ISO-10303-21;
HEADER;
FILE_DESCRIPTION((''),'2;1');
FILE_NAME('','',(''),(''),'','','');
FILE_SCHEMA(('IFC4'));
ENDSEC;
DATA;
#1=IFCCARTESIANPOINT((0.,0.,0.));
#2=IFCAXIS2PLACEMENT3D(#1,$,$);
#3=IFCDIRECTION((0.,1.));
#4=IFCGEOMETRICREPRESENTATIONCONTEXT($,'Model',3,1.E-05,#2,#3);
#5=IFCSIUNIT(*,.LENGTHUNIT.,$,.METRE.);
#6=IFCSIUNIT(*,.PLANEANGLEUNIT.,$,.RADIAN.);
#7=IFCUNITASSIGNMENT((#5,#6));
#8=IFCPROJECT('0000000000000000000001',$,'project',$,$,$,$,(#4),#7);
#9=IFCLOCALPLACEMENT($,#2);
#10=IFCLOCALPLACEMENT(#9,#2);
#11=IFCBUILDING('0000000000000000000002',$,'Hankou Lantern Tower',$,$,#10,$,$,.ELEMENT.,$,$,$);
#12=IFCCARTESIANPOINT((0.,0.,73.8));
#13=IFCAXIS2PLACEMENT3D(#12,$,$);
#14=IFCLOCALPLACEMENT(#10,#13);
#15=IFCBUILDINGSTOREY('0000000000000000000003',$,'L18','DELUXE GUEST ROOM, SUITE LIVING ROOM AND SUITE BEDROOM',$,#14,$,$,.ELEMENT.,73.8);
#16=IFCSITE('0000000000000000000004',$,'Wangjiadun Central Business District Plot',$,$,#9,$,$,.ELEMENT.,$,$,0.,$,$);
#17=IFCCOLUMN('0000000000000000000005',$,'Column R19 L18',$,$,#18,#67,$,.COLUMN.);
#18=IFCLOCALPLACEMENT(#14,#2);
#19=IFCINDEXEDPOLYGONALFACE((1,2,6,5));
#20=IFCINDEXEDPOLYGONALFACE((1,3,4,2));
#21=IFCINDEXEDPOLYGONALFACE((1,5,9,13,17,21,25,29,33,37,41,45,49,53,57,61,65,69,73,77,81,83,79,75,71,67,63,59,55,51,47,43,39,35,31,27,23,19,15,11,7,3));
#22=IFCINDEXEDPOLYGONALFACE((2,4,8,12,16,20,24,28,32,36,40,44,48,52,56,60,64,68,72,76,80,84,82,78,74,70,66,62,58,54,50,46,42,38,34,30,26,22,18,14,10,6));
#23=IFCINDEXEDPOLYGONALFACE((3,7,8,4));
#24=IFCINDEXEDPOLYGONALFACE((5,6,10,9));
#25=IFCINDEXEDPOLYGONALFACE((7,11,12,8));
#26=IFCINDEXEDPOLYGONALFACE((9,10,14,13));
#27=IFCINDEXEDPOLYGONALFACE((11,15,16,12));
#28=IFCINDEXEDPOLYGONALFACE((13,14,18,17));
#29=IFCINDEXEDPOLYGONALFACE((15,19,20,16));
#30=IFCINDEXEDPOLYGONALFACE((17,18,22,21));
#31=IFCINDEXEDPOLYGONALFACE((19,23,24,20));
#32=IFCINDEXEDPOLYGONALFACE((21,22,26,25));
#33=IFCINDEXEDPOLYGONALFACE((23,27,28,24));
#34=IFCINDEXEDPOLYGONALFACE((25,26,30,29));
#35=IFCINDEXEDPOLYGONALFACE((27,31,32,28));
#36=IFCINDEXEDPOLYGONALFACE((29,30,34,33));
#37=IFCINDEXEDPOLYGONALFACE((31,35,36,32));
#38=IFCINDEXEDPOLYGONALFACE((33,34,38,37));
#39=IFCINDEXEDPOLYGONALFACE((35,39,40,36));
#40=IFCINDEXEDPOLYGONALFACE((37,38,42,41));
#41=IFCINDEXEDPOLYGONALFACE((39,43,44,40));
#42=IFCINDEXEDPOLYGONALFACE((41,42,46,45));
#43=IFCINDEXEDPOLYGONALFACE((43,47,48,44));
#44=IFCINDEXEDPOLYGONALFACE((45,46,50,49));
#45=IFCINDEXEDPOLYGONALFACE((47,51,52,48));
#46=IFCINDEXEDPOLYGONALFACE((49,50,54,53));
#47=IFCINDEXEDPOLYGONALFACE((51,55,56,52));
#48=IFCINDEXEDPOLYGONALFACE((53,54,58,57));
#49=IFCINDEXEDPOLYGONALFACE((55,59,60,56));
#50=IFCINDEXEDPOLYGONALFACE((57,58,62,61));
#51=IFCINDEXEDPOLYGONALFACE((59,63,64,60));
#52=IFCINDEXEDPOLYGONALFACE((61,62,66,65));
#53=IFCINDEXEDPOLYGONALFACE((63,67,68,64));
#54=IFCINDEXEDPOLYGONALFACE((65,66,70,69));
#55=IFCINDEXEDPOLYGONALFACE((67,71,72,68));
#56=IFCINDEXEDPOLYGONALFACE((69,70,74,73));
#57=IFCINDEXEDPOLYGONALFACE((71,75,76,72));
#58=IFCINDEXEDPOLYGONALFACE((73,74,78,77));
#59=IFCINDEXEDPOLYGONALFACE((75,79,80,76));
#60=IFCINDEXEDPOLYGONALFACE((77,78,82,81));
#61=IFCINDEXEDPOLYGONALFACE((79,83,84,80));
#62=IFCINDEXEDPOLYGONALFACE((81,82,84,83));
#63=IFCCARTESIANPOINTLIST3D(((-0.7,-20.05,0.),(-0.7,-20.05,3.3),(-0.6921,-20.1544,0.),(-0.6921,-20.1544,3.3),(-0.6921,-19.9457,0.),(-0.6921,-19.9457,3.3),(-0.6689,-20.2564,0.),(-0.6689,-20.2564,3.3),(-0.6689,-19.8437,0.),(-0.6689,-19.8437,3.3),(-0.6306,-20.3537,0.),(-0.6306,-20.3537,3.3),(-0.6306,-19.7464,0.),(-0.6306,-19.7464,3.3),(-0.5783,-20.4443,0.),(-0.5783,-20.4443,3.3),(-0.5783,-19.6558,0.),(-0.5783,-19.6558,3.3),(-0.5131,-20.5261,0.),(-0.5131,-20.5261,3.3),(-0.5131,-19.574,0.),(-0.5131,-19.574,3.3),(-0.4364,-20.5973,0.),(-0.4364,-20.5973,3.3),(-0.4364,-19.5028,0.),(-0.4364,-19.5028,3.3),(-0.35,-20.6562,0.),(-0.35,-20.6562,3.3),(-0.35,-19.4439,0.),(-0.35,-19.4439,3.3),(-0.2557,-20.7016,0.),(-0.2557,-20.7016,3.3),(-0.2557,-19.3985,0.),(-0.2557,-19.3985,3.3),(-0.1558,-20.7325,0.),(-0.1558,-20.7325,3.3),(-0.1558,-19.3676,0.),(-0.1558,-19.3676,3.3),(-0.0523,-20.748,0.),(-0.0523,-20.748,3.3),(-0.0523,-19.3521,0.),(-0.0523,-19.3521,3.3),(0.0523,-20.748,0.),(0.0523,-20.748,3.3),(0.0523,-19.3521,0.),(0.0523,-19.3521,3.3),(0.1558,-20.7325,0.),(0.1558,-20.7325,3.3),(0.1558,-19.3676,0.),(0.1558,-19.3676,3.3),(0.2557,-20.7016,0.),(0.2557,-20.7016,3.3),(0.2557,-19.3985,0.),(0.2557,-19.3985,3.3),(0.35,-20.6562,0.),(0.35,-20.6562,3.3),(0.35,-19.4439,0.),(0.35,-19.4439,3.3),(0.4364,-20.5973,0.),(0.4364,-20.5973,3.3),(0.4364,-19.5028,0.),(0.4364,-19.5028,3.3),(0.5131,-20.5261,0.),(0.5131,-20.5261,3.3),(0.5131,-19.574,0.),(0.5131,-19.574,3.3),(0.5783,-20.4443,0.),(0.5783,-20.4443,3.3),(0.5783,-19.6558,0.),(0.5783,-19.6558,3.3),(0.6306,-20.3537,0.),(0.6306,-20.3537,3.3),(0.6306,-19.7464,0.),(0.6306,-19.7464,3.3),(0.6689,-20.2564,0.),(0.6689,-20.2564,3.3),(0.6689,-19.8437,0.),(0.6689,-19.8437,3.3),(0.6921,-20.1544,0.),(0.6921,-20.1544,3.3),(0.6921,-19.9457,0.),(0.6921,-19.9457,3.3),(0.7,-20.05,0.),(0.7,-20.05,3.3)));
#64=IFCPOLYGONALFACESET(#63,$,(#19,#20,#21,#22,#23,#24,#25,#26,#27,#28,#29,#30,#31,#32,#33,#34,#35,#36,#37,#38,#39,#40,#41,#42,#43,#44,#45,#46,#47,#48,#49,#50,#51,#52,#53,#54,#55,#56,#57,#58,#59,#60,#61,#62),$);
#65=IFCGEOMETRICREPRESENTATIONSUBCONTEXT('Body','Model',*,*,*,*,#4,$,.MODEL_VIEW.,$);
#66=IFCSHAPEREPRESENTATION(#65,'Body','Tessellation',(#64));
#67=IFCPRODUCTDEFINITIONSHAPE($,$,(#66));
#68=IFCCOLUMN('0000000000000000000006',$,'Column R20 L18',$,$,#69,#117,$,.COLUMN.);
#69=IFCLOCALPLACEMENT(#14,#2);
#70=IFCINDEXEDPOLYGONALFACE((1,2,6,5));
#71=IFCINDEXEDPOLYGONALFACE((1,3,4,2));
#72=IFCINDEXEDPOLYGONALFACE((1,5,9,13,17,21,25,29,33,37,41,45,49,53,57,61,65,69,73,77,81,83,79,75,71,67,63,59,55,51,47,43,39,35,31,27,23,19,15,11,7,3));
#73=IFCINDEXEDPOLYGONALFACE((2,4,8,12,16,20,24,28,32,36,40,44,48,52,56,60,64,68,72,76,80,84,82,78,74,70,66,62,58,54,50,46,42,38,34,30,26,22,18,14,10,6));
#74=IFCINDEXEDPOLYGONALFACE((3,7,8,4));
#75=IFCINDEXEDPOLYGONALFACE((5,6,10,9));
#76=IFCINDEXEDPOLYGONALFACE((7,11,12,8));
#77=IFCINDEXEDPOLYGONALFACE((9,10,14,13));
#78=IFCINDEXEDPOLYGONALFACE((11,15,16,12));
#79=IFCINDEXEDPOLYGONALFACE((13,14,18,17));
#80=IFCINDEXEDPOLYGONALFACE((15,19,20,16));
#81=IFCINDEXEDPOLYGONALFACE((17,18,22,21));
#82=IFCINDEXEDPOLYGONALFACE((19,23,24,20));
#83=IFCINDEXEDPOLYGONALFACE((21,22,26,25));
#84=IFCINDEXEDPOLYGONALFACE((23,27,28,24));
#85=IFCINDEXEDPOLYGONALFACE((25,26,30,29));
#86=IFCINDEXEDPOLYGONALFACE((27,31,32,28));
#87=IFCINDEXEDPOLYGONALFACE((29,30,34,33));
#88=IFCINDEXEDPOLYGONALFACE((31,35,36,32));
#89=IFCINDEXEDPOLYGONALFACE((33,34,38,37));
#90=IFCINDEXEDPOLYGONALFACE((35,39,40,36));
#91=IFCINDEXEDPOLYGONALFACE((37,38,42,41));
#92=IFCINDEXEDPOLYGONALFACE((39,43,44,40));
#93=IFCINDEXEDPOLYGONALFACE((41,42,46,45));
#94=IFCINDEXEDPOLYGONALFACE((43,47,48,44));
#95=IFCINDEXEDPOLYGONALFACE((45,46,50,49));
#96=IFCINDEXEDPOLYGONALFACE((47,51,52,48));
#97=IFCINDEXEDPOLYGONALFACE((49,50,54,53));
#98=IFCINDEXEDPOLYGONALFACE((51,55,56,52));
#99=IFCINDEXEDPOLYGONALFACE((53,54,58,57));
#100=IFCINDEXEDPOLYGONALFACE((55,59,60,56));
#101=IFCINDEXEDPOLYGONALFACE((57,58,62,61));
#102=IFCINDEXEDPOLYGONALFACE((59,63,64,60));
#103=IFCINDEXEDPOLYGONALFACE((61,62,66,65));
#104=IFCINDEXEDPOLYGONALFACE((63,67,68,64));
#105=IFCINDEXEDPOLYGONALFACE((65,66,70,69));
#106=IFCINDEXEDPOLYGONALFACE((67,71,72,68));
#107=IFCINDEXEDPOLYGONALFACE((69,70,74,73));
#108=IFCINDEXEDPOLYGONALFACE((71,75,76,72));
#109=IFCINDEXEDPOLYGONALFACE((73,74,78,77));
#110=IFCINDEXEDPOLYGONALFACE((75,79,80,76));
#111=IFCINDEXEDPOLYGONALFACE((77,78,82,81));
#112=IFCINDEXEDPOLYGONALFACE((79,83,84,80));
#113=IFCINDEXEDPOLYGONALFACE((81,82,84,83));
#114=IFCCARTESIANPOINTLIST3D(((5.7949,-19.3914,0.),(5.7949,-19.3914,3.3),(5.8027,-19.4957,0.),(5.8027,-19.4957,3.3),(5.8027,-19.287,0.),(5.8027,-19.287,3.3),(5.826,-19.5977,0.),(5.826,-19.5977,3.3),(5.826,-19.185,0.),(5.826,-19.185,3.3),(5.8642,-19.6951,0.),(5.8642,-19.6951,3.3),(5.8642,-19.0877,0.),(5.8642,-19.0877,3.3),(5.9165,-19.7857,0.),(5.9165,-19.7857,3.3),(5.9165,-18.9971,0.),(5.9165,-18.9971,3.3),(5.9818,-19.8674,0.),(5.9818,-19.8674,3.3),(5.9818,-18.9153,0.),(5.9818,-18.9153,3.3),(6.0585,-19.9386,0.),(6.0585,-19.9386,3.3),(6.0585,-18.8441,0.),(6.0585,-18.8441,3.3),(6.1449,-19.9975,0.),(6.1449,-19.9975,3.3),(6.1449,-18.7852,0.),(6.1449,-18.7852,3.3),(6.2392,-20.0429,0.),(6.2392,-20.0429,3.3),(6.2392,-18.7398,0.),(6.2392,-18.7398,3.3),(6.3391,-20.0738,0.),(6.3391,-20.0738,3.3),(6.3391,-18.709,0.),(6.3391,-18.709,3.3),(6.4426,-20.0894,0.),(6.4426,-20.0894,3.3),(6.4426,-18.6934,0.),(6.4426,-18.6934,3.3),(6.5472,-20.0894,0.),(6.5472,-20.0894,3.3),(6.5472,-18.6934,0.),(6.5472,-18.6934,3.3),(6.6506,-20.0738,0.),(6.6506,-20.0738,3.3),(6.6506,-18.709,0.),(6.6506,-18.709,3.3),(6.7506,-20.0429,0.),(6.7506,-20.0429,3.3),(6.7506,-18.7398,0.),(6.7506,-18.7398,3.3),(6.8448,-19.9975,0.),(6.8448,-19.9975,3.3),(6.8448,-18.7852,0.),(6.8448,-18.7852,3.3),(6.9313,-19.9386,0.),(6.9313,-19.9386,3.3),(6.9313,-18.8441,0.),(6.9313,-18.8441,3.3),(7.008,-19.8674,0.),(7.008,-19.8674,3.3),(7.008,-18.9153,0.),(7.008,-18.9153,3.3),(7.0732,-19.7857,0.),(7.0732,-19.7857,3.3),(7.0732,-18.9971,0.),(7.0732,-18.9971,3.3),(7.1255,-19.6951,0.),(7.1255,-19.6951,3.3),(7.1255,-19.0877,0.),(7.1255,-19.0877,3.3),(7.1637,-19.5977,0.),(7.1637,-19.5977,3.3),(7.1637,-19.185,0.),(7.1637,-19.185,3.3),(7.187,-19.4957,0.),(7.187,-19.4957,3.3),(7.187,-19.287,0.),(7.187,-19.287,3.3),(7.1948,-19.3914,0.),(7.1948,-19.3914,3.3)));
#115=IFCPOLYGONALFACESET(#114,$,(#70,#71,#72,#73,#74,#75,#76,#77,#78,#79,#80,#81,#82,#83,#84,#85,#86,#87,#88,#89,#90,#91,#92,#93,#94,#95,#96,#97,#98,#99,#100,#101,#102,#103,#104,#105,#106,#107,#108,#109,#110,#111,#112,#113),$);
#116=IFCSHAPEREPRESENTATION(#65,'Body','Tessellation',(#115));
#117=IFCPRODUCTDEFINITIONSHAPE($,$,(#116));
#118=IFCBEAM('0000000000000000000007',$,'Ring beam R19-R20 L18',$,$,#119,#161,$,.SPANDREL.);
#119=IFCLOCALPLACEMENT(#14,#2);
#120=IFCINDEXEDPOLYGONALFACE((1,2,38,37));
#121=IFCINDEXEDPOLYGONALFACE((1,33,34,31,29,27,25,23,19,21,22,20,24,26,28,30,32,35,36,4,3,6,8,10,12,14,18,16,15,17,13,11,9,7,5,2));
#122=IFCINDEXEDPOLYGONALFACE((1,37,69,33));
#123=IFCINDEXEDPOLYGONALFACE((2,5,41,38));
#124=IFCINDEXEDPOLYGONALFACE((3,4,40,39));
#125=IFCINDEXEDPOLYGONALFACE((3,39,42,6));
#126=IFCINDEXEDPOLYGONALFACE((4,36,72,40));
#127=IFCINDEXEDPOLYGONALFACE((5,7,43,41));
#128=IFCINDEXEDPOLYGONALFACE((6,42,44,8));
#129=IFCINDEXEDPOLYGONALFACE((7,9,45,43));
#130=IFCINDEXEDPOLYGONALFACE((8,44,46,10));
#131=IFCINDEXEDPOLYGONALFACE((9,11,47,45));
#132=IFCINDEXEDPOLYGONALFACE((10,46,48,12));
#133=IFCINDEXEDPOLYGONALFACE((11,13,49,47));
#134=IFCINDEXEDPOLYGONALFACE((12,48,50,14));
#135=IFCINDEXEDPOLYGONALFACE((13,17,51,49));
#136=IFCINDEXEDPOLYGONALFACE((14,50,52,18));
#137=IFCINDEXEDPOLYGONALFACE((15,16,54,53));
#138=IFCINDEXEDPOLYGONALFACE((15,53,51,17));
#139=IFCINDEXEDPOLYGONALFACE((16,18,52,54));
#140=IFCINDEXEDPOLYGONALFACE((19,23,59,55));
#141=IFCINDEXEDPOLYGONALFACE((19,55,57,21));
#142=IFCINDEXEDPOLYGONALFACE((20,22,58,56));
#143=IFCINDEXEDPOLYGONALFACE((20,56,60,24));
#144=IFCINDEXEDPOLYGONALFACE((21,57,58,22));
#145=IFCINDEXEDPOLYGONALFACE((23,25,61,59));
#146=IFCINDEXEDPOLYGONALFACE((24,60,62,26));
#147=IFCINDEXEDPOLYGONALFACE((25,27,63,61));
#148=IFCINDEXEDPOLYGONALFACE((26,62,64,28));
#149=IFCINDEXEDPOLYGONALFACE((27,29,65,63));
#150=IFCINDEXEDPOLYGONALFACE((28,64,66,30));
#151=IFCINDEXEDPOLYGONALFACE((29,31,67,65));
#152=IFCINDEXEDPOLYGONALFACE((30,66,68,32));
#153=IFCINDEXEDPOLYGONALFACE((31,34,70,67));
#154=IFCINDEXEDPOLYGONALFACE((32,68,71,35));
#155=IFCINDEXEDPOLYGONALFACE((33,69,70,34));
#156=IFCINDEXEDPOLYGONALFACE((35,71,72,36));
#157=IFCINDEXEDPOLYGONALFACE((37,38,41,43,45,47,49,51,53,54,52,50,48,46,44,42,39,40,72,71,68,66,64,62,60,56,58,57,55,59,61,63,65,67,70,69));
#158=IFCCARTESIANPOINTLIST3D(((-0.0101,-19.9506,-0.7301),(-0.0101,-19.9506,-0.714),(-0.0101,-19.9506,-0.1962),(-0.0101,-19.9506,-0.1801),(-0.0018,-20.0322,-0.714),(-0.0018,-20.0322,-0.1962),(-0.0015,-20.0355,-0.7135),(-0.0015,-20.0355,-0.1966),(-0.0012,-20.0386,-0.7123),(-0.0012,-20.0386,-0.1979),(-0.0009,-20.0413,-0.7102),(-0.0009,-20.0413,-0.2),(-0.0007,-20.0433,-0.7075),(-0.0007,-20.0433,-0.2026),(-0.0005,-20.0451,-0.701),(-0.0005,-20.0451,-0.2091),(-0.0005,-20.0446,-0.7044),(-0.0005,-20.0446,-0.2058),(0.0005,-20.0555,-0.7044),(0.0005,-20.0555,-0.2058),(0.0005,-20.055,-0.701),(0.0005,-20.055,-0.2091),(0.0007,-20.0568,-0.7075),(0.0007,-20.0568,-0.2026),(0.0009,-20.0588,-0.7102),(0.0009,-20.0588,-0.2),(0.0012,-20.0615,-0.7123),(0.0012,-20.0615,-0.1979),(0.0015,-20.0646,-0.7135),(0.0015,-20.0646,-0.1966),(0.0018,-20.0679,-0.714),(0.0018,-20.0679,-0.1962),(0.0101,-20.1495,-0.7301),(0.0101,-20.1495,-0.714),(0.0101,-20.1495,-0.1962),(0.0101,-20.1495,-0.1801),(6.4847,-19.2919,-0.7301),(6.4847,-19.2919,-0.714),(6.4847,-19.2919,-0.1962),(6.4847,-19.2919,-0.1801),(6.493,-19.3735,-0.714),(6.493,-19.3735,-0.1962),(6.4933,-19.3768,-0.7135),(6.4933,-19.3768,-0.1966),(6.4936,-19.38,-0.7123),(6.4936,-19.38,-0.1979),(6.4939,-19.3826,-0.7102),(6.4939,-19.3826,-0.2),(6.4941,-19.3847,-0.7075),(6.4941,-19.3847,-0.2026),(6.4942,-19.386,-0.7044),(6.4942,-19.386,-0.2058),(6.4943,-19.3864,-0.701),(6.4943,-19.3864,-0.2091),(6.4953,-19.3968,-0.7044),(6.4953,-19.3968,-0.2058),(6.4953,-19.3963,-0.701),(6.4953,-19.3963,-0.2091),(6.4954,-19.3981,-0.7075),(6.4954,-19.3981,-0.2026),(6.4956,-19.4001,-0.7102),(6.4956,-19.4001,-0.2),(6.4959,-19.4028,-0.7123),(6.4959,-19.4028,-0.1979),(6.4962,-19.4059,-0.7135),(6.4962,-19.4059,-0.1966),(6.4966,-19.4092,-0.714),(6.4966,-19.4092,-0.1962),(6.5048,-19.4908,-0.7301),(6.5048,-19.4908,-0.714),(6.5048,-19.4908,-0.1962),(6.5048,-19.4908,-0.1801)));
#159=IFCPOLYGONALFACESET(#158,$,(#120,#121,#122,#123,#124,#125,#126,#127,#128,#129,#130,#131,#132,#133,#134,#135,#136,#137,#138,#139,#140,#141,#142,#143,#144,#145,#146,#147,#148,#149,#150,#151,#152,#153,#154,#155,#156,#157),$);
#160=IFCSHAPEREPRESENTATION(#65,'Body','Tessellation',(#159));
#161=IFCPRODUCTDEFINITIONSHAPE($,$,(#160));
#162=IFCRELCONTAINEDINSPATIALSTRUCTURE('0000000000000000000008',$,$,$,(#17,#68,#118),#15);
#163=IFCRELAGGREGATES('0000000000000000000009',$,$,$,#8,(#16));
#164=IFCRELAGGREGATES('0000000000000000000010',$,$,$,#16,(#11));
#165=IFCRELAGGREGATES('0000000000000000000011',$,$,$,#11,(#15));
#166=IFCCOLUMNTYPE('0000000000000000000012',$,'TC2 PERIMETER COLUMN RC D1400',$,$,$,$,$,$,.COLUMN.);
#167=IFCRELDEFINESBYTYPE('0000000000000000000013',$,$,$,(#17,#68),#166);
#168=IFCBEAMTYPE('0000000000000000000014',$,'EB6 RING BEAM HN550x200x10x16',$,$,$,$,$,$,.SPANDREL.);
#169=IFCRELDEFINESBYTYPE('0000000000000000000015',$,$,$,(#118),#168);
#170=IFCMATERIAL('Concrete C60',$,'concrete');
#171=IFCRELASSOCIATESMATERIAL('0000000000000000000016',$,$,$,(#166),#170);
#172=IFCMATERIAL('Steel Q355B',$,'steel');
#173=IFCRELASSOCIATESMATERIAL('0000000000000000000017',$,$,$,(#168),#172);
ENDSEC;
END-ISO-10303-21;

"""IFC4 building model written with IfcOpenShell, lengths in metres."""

from ifc_helpers import new_model, si_unit, direction, frame, origin, origin_2d, place, context, subcontext, project, spatial, circle, i_section, extrude, material, material_profile, profile_set, type_object, element, save


model = new_model("IFC4")

# Units and contexts
model_context = context("Model", 3, precision=1e-05, world=origin(), true_north=direction((0.0, 1.0)))
body_context = subcontext(model_context, "Body", "Model", "MODEL_VIEW")
ifc_project = project(units=[si_unit("LENGTHUNIT", "METRE"), si_unit("PLANEANGLEUNIT", "RADIAN")], contexts=[model_context])

# Site, building, storey
site_placement = place(None, origin())
site = spatial("IfcSite", under=ifc_project, at=site_placement, Name="Wangjiadun Central Business District Plot", CompositionType="ELEMENT", RefElevation=0.0)
building_placement = place(site_placement, origin())
building = spatial("IfcBuilding", under=site, at=building_placement, Name="Hankou Lantern Tower", CompositionType="ELEMENT")
storey_placement = place(building_placement, frame((0.0, 0.0, 73.8)))
storey = spatial("IfcBuildingStorey", under=building, at=storey_placement, Name="L18", Description="DELUXE GUEST ROOM, SUITE LIVING ROOM AND SUITE BEDROOM", CompositionType="ELEMENT", Elevation=73.8)

# Columns
ifc_material_1 = material(Name="Concrete C60", Category="concrete")
ifc_material_profile_1 = material_profile(ifc_material_1, circle(Radius=0.7, at=origin_2d()), Name="RC D1400")
ifc_profile_set_1 = profile_set([ifc_material_profile_1], Name="Concrete C60")
column_type = type_object("IfcColumnType", Name="TC2 PERIMETER COLUMN RC D1400", PredefinedType="COLUMN", material=ifc_profile_set_1)
for number, where, z_axis, x_axis, name in (
    (1, (0.0, -20.05, 0.0), (0.0, 0.0, 1.0), (1.0, 0.0, 0.0), "Column R19 L18"),
    (2, (6.4949, -19.3914, 0.0), (0.0, 0.0, 1.0), (1.0, 0.0, 0.0), "Column R20 L18"),
):
    element("IfcColumn", number, at=place(storey_placement, frame(where, z_axis=z_axis, x_axis=x_axis)), inside=storey, type_object=column_type, Name=name, PredefinedType="COLUMN", context=body_context, shape_type="SweptSolid", body=[
        extrude(circle(Radius=0.7, at=origin_2d()), origin(), (0.0, 0.0, 1.0), 3.3),
    ])

# Beam
ifc_material_2 = material(Name="Steel Q355B", Category="steel")
ifc_material_profile_2 = material_profile(ifc_material_2, i_section(OverallWidth=0.2, OverallDepth=0.55, WebThickness=0.01, FlangeThickness=0.0161, FilletRadius=0.0129, at=origin_2d()), Name="HN550x200x10x16")
ifc_profile_set_2 = profile_set([ifc_material_profile_2], Name="Steel Q355B")
beam_type_1 = type_object("IfcBeamType", Name="EB6 RING BEAM HN550x200x10x16", PredefinedType="SPANDREL", material=ifc_profile_set_2)
beam_1_placement = place(storey_placement, frame((0.0, -20.05, -0.4551), z_axis=(0.994897, 0.1009, 0.0), x_axis=(-0.1009, 0.994897, 0.0)))
element("IfcBeam", 3, at=beam_1_placement, inside=storey, type_object=beam_type_1, Name="Ring beam R19-R20 L18", PredefinedType="SPANDREL", context=body_context, shape_type="SweptSolid", body=[
    extrude(i_section(OverallWidth=0.2, OverallDepth=0.55, WebThickness=0.01, FlangeThickness=0.0161, FilletRadius=0.0129, at=origin_2d()), origin(), (0.0, 0.0, 1.0), 6.5281),
])

save(model, "model.ifc")
